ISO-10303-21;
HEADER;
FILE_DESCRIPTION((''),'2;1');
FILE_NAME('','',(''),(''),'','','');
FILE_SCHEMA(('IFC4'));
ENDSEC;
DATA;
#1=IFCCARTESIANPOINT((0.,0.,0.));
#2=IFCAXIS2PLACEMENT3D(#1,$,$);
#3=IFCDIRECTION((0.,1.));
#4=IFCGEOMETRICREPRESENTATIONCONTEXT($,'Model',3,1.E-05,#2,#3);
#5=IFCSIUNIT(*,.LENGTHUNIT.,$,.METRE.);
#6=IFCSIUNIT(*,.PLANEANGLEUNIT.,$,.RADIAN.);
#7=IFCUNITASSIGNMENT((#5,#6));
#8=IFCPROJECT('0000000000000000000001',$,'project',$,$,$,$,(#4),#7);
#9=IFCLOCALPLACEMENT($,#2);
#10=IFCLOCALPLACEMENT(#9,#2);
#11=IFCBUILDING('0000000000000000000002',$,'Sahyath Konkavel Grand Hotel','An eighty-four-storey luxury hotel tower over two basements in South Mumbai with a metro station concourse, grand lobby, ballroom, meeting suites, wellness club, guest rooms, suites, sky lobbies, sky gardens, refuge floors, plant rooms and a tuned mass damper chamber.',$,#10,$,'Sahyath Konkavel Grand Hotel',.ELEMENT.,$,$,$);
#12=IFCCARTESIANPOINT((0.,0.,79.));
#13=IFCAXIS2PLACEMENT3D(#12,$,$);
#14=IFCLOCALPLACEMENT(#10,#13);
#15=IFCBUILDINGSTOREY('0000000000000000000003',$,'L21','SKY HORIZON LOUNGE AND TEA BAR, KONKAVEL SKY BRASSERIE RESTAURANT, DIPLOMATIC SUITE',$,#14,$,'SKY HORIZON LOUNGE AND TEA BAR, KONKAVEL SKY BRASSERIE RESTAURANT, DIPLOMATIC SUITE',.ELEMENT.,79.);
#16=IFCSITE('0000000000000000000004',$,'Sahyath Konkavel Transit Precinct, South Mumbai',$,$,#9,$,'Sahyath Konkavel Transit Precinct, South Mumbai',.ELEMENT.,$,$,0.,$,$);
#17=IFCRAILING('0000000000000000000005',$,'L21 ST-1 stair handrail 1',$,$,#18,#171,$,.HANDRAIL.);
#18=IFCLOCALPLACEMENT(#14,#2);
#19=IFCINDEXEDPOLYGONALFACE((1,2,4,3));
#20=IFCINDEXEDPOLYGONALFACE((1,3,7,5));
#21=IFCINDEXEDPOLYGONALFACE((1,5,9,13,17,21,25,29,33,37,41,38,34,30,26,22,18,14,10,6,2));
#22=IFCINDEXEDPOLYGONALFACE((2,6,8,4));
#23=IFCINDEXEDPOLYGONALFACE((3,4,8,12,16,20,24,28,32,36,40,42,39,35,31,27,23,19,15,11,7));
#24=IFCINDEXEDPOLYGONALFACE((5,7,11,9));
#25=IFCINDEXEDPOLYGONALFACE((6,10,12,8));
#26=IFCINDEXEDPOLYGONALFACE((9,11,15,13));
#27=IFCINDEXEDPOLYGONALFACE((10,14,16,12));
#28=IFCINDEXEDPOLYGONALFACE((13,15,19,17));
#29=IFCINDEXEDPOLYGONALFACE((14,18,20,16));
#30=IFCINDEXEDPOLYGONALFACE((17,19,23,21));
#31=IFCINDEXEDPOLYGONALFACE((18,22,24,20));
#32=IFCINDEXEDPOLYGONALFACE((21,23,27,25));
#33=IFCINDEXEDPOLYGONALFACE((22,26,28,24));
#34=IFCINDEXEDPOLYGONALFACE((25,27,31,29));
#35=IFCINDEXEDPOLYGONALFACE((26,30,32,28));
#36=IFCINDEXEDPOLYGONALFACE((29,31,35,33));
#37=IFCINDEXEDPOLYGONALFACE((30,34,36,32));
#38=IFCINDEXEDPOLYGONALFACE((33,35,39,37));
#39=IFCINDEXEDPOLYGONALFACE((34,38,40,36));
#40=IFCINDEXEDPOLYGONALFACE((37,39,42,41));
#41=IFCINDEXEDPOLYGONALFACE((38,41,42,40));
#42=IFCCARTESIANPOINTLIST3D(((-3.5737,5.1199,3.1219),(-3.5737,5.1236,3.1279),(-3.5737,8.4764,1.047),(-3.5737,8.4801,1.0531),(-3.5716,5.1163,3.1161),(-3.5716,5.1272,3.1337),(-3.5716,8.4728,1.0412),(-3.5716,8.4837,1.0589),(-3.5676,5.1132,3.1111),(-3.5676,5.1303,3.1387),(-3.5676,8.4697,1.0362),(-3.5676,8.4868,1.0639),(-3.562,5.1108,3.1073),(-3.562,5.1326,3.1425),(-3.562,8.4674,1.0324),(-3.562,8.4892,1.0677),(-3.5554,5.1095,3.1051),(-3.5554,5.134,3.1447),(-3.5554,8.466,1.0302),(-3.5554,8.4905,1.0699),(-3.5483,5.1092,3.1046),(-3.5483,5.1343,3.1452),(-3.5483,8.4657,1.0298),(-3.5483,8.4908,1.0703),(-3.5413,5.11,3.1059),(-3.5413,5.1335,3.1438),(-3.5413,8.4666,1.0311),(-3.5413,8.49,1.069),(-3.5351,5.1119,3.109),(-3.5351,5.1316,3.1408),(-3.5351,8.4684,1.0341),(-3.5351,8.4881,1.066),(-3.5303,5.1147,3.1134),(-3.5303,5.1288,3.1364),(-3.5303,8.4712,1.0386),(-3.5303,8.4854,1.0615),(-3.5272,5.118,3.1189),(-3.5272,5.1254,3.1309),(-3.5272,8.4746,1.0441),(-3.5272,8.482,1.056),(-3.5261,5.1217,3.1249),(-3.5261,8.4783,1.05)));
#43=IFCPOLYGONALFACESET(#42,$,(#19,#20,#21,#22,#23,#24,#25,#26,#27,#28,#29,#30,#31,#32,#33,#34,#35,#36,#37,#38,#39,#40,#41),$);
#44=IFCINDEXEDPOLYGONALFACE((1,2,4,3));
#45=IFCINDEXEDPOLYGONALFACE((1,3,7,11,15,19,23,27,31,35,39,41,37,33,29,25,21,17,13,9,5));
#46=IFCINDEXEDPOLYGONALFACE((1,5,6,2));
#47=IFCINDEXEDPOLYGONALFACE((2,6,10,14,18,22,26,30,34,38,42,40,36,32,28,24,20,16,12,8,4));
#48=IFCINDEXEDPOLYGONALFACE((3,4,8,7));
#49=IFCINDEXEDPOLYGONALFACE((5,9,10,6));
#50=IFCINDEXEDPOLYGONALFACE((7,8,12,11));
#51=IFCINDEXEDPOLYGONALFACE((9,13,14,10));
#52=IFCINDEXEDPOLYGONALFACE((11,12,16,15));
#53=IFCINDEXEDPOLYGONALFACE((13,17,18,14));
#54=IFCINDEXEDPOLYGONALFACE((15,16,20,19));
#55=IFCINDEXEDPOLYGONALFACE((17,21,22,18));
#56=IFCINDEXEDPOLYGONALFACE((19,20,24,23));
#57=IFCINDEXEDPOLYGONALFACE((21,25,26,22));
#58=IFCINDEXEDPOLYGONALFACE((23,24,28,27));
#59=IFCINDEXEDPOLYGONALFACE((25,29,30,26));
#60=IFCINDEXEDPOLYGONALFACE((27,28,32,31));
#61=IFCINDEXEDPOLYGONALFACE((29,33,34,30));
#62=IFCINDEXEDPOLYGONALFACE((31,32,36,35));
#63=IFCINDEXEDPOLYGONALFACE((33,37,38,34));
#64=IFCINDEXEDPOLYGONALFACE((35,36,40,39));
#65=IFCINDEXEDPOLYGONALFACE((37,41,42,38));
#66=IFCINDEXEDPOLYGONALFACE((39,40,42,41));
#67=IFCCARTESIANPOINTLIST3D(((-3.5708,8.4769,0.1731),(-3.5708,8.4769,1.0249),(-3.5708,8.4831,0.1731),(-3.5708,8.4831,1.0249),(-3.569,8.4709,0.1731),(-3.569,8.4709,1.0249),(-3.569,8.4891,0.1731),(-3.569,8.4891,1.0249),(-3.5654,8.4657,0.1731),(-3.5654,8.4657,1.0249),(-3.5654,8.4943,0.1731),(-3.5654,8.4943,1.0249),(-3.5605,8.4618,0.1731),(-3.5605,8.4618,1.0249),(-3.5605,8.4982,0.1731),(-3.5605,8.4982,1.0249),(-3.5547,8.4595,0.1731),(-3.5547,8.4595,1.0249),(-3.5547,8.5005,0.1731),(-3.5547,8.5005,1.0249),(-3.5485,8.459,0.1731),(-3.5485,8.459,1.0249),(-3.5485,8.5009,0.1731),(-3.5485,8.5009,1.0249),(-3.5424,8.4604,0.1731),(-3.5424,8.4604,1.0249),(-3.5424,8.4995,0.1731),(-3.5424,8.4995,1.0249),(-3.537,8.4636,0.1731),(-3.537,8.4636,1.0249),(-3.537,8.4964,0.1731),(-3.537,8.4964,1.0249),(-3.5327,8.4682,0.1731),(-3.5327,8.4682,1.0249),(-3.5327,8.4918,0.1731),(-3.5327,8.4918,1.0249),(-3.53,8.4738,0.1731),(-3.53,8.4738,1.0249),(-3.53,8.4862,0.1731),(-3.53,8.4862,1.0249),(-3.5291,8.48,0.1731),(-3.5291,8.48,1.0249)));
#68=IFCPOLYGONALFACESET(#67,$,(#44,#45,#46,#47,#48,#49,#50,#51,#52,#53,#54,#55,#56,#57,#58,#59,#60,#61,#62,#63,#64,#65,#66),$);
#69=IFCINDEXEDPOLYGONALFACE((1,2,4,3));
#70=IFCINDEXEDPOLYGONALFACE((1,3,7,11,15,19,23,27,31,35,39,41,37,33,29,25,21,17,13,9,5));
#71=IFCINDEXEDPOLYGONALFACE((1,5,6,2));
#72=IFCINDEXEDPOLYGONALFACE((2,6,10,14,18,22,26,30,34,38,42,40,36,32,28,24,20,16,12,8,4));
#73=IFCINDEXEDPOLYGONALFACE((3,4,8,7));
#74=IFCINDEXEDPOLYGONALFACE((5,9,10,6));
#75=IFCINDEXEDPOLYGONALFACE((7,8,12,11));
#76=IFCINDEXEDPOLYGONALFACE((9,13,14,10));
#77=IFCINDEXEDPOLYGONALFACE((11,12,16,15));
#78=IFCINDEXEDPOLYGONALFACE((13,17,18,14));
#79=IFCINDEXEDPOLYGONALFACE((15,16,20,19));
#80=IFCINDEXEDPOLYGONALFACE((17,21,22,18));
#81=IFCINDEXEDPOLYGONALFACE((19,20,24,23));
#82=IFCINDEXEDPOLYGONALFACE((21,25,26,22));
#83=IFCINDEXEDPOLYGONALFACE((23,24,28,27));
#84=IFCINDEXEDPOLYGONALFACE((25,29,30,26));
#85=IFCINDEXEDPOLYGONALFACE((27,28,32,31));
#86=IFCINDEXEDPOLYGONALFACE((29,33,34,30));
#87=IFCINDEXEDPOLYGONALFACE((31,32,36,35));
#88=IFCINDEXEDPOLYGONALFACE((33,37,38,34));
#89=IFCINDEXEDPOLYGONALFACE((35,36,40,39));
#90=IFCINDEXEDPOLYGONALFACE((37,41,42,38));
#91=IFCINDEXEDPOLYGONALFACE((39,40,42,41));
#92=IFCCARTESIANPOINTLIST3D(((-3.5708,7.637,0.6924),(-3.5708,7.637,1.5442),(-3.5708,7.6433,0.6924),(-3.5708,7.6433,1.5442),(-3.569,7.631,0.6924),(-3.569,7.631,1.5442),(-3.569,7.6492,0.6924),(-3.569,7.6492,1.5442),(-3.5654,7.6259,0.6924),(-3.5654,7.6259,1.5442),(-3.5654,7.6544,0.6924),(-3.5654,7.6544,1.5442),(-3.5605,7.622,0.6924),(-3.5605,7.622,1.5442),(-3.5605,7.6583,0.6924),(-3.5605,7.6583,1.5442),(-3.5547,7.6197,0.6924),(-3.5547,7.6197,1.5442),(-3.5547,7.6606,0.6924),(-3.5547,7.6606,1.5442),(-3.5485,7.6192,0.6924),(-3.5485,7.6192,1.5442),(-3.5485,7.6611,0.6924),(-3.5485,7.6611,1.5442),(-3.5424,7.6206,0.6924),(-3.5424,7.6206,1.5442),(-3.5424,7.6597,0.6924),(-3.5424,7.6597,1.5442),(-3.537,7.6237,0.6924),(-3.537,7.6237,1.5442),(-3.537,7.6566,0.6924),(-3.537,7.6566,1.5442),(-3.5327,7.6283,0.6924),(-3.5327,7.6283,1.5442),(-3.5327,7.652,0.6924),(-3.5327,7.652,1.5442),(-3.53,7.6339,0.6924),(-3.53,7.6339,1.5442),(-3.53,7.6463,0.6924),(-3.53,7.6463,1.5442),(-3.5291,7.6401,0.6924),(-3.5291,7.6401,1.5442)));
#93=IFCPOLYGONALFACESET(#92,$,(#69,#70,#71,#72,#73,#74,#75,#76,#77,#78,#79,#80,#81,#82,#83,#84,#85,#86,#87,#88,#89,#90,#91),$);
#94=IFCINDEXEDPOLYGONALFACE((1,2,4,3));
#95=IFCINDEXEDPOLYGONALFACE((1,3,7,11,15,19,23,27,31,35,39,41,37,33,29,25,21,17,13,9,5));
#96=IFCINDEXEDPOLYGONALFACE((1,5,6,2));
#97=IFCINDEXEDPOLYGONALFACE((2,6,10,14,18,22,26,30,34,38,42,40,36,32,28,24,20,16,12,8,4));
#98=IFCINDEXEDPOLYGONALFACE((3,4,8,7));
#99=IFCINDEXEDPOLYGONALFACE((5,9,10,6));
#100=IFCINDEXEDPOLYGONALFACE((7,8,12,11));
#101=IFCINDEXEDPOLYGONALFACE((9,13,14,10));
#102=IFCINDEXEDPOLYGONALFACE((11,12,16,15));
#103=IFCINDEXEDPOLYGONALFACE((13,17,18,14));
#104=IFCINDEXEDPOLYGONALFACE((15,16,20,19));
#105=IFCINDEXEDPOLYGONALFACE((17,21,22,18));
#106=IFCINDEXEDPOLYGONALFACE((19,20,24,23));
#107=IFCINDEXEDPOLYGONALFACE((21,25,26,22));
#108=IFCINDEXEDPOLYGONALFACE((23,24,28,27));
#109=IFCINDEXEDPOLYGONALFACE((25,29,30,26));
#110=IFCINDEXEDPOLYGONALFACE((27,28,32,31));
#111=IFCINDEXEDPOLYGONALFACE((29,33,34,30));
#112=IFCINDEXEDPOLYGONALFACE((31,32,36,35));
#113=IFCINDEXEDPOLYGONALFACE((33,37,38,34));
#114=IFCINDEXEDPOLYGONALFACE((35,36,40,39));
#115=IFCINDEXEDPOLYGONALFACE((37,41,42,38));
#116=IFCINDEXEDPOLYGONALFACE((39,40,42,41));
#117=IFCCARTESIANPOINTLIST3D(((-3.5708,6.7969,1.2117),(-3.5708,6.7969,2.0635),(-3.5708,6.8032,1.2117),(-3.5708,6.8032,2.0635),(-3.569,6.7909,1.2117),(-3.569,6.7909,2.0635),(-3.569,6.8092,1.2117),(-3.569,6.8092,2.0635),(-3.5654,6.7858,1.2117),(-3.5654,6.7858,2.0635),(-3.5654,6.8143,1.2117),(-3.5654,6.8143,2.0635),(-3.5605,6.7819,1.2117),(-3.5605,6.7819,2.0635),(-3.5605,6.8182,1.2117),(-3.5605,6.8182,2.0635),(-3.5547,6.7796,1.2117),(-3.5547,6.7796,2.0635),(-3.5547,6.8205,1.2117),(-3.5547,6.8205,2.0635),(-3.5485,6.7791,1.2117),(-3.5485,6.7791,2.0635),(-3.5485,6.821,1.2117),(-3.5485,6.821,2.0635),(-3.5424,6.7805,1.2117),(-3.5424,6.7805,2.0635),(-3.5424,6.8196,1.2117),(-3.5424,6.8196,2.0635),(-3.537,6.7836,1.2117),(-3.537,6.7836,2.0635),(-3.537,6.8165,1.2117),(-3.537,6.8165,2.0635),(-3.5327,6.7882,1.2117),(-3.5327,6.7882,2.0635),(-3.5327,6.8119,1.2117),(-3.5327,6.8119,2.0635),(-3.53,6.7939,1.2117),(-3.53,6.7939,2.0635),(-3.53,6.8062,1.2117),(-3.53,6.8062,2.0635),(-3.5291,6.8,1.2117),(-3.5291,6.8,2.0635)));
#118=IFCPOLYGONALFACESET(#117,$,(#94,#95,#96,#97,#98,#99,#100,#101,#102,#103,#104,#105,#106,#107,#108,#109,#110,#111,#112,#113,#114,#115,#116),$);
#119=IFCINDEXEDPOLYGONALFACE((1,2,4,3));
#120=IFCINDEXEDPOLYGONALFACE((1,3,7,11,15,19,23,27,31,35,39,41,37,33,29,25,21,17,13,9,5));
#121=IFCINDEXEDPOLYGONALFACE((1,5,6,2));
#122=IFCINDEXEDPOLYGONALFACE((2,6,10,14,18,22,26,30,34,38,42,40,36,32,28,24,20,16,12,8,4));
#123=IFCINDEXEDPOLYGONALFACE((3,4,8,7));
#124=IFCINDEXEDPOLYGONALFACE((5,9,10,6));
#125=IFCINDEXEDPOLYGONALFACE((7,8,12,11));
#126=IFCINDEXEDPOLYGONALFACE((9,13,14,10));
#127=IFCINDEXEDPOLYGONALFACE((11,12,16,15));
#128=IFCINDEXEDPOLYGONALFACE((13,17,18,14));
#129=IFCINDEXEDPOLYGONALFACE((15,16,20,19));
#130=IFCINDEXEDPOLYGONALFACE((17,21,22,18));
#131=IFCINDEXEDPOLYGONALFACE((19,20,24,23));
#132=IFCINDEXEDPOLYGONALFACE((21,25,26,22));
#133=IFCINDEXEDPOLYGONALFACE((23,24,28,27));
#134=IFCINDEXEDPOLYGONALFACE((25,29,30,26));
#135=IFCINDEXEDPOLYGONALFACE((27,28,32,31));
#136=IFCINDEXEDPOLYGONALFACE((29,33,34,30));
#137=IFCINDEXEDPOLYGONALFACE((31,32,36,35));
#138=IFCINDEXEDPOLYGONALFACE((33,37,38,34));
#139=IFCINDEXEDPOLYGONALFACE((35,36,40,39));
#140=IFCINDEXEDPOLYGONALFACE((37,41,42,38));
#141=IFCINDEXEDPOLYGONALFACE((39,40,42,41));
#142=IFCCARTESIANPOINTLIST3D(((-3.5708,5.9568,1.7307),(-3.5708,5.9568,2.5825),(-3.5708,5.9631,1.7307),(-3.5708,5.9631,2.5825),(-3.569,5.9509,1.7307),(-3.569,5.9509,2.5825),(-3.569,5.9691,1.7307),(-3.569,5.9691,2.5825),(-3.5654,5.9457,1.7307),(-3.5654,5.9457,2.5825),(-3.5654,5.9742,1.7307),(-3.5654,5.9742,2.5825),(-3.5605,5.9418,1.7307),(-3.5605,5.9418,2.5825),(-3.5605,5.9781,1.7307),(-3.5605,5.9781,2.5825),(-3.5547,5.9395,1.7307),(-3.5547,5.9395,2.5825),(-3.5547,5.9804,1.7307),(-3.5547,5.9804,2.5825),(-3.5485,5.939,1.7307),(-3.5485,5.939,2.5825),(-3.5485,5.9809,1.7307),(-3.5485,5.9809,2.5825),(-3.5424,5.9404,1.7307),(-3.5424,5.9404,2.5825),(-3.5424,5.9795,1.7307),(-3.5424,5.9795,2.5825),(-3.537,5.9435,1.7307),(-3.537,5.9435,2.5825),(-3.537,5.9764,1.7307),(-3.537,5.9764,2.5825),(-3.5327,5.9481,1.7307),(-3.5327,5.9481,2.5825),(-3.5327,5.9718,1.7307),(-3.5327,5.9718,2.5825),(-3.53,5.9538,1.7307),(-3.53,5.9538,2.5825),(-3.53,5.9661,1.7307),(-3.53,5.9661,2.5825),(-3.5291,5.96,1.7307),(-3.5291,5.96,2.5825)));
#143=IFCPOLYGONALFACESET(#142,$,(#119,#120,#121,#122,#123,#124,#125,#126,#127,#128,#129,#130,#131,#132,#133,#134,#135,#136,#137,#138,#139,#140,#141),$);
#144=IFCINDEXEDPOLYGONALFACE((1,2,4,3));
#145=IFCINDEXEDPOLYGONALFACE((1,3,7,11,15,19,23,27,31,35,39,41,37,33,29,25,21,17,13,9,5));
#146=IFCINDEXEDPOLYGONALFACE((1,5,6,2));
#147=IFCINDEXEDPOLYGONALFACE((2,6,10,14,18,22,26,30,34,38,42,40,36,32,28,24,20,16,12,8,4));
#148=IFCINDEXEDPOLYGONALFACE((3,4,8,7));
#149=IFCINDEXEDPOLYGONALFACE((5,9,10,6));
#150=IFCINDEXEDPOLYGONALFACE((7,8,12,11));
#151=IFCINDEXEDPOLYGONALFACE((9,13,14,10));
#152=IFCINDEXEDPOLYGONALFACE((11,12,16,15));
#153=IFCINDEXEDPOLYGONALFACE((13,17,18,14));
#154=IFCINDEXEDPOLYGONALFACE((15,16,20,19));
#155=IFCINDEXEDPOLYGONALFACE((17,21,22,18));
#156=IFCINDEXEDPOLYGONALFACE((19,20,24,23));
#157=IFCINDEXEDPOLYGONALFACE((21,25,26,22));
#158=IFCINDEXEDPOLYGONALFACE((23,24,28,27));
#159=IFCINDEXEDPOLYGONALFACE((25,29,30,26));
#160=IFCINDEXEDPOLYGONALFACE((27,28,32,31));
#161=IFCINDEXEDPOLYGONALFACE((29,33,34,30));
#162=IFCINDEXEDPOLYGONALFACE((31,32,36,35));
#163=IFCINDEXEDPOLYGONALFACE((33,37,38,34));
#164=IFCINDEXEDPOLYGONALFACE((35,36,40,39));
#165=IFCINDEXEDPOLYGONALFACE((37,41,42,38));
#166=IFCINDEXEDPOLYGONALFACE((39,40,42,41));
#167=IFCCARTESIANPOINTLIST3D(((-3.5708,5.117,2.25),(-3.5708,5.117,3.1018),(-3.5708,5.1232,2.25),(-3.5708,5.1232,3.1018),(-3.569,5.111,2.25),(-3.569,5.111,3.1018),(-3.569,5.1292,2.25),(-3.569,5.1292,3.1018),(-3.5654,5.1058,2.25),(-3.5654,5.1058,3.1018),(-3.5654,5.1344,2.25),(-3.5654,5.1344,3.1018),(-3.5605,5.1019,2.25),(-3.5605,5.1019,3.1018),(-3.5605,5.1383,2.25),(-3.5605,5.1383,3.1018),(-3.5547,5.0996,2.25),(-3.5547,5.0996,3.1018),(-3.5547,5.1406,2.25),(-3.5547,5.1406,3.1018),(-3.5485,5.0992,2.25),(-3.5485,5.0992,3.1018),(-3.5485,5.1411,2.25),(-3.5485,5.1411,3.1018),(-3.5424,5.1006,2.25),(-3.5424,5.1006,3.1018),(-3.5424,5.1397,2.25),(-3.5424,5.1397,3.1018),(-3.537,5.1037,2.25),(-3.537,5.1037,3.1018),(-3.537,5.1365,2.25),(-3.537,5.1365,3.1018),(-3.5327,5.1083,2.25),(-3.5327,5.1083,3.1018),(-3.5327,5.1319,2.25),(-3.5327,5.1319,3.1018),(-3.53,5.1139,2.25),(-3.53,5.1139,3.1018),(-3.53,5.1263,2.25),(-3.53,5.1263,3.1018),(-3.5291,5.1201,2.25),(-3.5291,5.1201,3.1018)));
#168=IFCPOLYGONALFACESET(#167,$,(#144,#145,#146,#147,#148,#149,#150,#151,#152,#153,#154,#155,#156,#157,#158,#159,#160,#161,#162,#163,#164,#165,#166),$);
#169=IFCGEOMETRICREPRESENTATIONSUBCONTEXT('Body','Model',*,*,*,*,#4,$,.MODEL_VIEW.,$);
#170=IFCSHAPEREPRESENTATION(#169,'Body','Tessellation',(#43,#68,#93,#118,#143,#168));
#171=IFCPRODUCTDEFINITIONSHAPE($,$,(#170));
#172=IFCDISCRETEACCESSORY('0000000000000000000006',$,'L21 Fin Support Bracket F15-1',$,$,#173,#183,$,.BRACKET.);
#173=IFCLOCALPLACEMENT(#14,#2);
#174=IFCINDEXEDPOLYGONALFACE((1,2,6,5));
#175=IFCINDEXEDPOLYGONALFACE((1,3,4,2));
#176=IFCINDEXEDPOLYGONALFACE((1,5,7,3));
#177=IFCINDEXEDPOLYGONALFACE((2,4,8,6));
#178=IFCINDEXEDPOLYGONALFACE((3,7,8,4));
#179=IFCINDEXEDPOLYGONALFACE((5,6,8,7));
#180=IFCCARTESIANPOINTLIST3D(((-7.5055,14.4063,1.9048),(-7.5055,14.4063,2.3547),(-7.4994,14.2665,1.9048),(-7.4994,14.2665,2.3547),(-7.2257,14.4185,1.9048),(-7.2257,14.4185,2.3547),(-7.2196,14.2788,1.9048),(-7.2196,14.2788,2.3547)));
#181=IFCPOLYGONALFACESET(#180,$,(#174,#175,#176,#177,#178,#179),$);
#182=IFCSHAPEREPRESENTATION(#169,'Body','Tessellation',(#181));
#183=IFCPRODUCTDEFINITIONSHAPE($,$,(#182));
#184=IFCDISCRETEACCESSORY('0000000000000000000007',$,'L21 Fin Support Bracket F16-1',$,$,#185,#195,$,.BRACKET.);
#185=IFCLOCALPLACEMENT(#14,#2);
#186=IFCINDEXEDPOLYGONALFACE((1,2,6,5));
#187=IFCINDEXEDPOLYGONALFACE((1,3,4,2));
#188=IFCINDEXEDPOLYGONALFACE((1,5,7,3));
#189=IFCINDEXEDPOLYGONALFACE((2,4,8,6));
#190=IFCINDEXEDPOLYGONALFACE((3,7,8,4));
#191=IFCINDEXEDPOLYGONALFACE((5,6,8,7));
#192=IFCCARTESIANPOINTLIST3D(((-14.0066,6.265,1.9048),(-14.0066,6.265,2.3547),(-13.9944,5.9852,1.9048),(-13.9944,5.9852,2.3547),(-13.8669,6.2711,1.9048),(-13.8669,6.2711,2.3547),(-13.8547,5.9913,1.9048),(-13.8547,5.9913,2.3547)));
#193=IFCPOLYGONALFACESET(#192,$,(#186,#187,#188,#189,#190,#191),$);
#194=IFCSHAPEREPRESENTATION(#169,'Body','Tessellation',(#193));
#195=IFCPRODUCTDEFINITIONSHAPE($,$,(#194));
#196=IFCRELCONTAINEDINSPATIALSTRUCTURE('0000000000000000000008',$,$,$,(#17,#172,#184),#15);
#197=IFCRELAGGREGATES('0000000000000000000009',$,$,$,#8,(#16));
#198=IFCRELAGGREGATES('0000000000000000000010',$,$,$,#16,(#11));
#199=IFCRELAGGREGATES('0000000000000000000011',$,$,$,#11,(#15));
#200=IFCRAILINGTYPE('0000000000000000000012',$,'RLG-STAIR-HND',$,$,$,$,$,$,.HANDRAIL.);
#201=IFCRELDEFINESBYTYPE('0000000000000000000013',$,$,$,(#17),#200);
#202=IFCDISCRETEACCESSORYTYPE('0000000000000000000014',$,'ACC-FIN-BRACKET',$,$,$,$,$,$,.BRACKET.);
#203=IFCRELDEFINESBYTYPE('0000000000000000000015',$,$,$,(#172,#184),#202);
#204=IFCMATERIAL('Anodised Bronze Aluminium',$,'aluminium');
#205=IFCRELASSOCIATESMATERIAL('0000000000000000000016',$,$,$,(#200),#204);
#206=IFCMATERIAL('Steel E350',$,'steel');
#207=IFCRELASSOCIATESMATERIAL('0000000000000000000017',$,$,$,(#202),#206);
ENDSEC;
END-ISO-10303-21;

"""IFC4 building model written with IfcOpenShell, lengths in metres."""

from ifc_helpers import new_model, si_unit, direction, frame, origin, origin_2d, place, context, subcontext, project, spatial, rectangle, circle, extrude, source, transform, mapped, material, type_object, element, save


model = new_model("IFC4")

# Units and contexts
model_context = context("Model", 3, precision=1e-05, world=origin(), true_north=direction((0.0, 1.0)))
body_context = subcontext(model_context, "Body", "Model", "MODEL_VIEW")
ifc_project = project(units=[si_unit("LENGTHUNIT", "METRE"), si_unit("PLANEANGLEUNIT", "RADIAN")], contexts=[model_context])

# Site, building, storey
site_placement = place(None, origin())
site = spatial("IfcSite", under=ifc_project, at=site_placement, Name="Sahyath Konkavel Transit Precinct, South Mumbai", LongName="Sahyath Konkavel Transit Precinct, South Mumbai", CompositionType="ELEMENT", RefElevation=0.0)
building_placement = place(site_placement, origin())
building = spatial("IfcBuilding", under=site, at=building_placement, Name="Sahyath Konkavel Grand Hotel", Description="An eighty-four-storey luxury hotel tower over two basements in South Mumbai with a metro station concourse, grand lobby, ballroom, meeting suites, wellness club, guest rooms, suites, sky lobbies, sky gardens, refuge floors, plant rooms and a tuned mass damper chamber.", LongName="Sahyath Konkavel Grand Hotel", CompositionType="ELEMENT")
storey_placement = place(building_placement, frame((0.0, 0.0, 79.0)))
storey = spatial("IfcBuildingStorey", under=building, at=storey_placement, Name="L21", Description="SKY HORIZON LOUNGE AND TEA BAR, KONKAVEL SKY BRASSERIE RESTAURANT, DIPLOMATIC SUITE", LongName="SKY HORIZON LOUNGE AND TEA BAR, KONKAVEL SKY BRASSERIE RESTAURANT, DIPLOMATIC SUITE", CompositionType="ELEMENT", Elevation=79.0)

# Shared definitions
ifc_material_1 = material(Name="Steel E350", Category="steel")

# Shared definitions
ifc_material_2 = material(Name="Anodised Bronze Aluminium", Category="aluminium")

# Railing
railing_type_1 = type_object("IfcRailingType", Name="RLG-STAIR-HND", PredefinedType="HANDRAIL", material=ifc_material_2)
railing_1_placement = place(storey_placement, frame((-3.55, 8.48, 0.1731)))
element("IfcRailing", 1, at=railing_1_placement, inside=storey, type_object=railing_type_1, Name="L21 ST-1 stair handrail 1", PredefinedType="HANDRAIL", context=body_context, shape_type="SweptSolid", body=[
    extrude(circle(Radius=0.0239, at=origin_2d()), frame((0.0, -0.0017, 0.877), z_axis=(0.0, -0.850606, 0.525803), x_axis=(1.0, 0.0, 0.0)), (0.0, 0.0, 1.0), 3.946),
    extrude(circle(Radius=0.021, at=origin_2d()), origin(), (0.0, 0.0, 1.0), 0.8518),
    extrude(circle(Radius=0.021, at=origin_2d()), frame((0.0, -0.8398, 0.5193)), (0.0, 0.0, 1.0), 0.8518),
    extrude(circle(Radius=0.021, at=origin_2d()), frame((0.0, -1.6799, 1.0386)), (0.0, 0.0, 1.0), 0.8518),
    extrude(circle(Radius=0.021, at=origin_2d()), frame((0.0, -2.52, 1.5576)), (0.0, 0.0, 1.0), 0.8518),
    extrude(circle(Radius=0.021, at=origin_2d()), frame((0.0, -3.3599, 2.0769)), (0.0, 0.0, 1.0), 0.8518),
])

# Discrete accessories
discrete_accessory_type = type_object("IfcDiscreteAccessoryType", Name="ACC-FIN-BRACKET", PredefinedType="BRACKET", material=ifc_material_1)
shared_shape_1 = source(origin(), body_context, "Body", "SweptSolid", [
    extrude(rectangle(XDim=0.28, YDim=0.1399, at=origin_2d()), origin(), (0.0, 0.0, 1.0), 0.45),
])
for number, where, z_axis, x_axis, name in (
    (2, (-7.3625, 14.3425, 1.9048), (0.0, 0.0, 1.0), (-0.999048, -0.043619, 0.0), "L21 Fin Support Bracket F15-1"),
    (3, (-13.9307, 6.1282, 1.9048), (0.0, 0.0, 1.0), (-0.043602, 0.999049, 0.0), "L21 Fin Support Bracket F16-1"),
):
    element("IfcDiscreteAccessory", number, at=place(storey_placement, frame(where, z_axis=z_axis, x_axis=x_axis)), inside=storey, type_object=discrete_accessory_type, Name=name, PredefinedType="BRACKET", context=body_context, shape_type="MappedRepresentation", body=[
        mapped(shared_shape_1, transform((0.0, 0.0, 0.0), scale=1.0)),
    ])

save(model, "model.ifc")
